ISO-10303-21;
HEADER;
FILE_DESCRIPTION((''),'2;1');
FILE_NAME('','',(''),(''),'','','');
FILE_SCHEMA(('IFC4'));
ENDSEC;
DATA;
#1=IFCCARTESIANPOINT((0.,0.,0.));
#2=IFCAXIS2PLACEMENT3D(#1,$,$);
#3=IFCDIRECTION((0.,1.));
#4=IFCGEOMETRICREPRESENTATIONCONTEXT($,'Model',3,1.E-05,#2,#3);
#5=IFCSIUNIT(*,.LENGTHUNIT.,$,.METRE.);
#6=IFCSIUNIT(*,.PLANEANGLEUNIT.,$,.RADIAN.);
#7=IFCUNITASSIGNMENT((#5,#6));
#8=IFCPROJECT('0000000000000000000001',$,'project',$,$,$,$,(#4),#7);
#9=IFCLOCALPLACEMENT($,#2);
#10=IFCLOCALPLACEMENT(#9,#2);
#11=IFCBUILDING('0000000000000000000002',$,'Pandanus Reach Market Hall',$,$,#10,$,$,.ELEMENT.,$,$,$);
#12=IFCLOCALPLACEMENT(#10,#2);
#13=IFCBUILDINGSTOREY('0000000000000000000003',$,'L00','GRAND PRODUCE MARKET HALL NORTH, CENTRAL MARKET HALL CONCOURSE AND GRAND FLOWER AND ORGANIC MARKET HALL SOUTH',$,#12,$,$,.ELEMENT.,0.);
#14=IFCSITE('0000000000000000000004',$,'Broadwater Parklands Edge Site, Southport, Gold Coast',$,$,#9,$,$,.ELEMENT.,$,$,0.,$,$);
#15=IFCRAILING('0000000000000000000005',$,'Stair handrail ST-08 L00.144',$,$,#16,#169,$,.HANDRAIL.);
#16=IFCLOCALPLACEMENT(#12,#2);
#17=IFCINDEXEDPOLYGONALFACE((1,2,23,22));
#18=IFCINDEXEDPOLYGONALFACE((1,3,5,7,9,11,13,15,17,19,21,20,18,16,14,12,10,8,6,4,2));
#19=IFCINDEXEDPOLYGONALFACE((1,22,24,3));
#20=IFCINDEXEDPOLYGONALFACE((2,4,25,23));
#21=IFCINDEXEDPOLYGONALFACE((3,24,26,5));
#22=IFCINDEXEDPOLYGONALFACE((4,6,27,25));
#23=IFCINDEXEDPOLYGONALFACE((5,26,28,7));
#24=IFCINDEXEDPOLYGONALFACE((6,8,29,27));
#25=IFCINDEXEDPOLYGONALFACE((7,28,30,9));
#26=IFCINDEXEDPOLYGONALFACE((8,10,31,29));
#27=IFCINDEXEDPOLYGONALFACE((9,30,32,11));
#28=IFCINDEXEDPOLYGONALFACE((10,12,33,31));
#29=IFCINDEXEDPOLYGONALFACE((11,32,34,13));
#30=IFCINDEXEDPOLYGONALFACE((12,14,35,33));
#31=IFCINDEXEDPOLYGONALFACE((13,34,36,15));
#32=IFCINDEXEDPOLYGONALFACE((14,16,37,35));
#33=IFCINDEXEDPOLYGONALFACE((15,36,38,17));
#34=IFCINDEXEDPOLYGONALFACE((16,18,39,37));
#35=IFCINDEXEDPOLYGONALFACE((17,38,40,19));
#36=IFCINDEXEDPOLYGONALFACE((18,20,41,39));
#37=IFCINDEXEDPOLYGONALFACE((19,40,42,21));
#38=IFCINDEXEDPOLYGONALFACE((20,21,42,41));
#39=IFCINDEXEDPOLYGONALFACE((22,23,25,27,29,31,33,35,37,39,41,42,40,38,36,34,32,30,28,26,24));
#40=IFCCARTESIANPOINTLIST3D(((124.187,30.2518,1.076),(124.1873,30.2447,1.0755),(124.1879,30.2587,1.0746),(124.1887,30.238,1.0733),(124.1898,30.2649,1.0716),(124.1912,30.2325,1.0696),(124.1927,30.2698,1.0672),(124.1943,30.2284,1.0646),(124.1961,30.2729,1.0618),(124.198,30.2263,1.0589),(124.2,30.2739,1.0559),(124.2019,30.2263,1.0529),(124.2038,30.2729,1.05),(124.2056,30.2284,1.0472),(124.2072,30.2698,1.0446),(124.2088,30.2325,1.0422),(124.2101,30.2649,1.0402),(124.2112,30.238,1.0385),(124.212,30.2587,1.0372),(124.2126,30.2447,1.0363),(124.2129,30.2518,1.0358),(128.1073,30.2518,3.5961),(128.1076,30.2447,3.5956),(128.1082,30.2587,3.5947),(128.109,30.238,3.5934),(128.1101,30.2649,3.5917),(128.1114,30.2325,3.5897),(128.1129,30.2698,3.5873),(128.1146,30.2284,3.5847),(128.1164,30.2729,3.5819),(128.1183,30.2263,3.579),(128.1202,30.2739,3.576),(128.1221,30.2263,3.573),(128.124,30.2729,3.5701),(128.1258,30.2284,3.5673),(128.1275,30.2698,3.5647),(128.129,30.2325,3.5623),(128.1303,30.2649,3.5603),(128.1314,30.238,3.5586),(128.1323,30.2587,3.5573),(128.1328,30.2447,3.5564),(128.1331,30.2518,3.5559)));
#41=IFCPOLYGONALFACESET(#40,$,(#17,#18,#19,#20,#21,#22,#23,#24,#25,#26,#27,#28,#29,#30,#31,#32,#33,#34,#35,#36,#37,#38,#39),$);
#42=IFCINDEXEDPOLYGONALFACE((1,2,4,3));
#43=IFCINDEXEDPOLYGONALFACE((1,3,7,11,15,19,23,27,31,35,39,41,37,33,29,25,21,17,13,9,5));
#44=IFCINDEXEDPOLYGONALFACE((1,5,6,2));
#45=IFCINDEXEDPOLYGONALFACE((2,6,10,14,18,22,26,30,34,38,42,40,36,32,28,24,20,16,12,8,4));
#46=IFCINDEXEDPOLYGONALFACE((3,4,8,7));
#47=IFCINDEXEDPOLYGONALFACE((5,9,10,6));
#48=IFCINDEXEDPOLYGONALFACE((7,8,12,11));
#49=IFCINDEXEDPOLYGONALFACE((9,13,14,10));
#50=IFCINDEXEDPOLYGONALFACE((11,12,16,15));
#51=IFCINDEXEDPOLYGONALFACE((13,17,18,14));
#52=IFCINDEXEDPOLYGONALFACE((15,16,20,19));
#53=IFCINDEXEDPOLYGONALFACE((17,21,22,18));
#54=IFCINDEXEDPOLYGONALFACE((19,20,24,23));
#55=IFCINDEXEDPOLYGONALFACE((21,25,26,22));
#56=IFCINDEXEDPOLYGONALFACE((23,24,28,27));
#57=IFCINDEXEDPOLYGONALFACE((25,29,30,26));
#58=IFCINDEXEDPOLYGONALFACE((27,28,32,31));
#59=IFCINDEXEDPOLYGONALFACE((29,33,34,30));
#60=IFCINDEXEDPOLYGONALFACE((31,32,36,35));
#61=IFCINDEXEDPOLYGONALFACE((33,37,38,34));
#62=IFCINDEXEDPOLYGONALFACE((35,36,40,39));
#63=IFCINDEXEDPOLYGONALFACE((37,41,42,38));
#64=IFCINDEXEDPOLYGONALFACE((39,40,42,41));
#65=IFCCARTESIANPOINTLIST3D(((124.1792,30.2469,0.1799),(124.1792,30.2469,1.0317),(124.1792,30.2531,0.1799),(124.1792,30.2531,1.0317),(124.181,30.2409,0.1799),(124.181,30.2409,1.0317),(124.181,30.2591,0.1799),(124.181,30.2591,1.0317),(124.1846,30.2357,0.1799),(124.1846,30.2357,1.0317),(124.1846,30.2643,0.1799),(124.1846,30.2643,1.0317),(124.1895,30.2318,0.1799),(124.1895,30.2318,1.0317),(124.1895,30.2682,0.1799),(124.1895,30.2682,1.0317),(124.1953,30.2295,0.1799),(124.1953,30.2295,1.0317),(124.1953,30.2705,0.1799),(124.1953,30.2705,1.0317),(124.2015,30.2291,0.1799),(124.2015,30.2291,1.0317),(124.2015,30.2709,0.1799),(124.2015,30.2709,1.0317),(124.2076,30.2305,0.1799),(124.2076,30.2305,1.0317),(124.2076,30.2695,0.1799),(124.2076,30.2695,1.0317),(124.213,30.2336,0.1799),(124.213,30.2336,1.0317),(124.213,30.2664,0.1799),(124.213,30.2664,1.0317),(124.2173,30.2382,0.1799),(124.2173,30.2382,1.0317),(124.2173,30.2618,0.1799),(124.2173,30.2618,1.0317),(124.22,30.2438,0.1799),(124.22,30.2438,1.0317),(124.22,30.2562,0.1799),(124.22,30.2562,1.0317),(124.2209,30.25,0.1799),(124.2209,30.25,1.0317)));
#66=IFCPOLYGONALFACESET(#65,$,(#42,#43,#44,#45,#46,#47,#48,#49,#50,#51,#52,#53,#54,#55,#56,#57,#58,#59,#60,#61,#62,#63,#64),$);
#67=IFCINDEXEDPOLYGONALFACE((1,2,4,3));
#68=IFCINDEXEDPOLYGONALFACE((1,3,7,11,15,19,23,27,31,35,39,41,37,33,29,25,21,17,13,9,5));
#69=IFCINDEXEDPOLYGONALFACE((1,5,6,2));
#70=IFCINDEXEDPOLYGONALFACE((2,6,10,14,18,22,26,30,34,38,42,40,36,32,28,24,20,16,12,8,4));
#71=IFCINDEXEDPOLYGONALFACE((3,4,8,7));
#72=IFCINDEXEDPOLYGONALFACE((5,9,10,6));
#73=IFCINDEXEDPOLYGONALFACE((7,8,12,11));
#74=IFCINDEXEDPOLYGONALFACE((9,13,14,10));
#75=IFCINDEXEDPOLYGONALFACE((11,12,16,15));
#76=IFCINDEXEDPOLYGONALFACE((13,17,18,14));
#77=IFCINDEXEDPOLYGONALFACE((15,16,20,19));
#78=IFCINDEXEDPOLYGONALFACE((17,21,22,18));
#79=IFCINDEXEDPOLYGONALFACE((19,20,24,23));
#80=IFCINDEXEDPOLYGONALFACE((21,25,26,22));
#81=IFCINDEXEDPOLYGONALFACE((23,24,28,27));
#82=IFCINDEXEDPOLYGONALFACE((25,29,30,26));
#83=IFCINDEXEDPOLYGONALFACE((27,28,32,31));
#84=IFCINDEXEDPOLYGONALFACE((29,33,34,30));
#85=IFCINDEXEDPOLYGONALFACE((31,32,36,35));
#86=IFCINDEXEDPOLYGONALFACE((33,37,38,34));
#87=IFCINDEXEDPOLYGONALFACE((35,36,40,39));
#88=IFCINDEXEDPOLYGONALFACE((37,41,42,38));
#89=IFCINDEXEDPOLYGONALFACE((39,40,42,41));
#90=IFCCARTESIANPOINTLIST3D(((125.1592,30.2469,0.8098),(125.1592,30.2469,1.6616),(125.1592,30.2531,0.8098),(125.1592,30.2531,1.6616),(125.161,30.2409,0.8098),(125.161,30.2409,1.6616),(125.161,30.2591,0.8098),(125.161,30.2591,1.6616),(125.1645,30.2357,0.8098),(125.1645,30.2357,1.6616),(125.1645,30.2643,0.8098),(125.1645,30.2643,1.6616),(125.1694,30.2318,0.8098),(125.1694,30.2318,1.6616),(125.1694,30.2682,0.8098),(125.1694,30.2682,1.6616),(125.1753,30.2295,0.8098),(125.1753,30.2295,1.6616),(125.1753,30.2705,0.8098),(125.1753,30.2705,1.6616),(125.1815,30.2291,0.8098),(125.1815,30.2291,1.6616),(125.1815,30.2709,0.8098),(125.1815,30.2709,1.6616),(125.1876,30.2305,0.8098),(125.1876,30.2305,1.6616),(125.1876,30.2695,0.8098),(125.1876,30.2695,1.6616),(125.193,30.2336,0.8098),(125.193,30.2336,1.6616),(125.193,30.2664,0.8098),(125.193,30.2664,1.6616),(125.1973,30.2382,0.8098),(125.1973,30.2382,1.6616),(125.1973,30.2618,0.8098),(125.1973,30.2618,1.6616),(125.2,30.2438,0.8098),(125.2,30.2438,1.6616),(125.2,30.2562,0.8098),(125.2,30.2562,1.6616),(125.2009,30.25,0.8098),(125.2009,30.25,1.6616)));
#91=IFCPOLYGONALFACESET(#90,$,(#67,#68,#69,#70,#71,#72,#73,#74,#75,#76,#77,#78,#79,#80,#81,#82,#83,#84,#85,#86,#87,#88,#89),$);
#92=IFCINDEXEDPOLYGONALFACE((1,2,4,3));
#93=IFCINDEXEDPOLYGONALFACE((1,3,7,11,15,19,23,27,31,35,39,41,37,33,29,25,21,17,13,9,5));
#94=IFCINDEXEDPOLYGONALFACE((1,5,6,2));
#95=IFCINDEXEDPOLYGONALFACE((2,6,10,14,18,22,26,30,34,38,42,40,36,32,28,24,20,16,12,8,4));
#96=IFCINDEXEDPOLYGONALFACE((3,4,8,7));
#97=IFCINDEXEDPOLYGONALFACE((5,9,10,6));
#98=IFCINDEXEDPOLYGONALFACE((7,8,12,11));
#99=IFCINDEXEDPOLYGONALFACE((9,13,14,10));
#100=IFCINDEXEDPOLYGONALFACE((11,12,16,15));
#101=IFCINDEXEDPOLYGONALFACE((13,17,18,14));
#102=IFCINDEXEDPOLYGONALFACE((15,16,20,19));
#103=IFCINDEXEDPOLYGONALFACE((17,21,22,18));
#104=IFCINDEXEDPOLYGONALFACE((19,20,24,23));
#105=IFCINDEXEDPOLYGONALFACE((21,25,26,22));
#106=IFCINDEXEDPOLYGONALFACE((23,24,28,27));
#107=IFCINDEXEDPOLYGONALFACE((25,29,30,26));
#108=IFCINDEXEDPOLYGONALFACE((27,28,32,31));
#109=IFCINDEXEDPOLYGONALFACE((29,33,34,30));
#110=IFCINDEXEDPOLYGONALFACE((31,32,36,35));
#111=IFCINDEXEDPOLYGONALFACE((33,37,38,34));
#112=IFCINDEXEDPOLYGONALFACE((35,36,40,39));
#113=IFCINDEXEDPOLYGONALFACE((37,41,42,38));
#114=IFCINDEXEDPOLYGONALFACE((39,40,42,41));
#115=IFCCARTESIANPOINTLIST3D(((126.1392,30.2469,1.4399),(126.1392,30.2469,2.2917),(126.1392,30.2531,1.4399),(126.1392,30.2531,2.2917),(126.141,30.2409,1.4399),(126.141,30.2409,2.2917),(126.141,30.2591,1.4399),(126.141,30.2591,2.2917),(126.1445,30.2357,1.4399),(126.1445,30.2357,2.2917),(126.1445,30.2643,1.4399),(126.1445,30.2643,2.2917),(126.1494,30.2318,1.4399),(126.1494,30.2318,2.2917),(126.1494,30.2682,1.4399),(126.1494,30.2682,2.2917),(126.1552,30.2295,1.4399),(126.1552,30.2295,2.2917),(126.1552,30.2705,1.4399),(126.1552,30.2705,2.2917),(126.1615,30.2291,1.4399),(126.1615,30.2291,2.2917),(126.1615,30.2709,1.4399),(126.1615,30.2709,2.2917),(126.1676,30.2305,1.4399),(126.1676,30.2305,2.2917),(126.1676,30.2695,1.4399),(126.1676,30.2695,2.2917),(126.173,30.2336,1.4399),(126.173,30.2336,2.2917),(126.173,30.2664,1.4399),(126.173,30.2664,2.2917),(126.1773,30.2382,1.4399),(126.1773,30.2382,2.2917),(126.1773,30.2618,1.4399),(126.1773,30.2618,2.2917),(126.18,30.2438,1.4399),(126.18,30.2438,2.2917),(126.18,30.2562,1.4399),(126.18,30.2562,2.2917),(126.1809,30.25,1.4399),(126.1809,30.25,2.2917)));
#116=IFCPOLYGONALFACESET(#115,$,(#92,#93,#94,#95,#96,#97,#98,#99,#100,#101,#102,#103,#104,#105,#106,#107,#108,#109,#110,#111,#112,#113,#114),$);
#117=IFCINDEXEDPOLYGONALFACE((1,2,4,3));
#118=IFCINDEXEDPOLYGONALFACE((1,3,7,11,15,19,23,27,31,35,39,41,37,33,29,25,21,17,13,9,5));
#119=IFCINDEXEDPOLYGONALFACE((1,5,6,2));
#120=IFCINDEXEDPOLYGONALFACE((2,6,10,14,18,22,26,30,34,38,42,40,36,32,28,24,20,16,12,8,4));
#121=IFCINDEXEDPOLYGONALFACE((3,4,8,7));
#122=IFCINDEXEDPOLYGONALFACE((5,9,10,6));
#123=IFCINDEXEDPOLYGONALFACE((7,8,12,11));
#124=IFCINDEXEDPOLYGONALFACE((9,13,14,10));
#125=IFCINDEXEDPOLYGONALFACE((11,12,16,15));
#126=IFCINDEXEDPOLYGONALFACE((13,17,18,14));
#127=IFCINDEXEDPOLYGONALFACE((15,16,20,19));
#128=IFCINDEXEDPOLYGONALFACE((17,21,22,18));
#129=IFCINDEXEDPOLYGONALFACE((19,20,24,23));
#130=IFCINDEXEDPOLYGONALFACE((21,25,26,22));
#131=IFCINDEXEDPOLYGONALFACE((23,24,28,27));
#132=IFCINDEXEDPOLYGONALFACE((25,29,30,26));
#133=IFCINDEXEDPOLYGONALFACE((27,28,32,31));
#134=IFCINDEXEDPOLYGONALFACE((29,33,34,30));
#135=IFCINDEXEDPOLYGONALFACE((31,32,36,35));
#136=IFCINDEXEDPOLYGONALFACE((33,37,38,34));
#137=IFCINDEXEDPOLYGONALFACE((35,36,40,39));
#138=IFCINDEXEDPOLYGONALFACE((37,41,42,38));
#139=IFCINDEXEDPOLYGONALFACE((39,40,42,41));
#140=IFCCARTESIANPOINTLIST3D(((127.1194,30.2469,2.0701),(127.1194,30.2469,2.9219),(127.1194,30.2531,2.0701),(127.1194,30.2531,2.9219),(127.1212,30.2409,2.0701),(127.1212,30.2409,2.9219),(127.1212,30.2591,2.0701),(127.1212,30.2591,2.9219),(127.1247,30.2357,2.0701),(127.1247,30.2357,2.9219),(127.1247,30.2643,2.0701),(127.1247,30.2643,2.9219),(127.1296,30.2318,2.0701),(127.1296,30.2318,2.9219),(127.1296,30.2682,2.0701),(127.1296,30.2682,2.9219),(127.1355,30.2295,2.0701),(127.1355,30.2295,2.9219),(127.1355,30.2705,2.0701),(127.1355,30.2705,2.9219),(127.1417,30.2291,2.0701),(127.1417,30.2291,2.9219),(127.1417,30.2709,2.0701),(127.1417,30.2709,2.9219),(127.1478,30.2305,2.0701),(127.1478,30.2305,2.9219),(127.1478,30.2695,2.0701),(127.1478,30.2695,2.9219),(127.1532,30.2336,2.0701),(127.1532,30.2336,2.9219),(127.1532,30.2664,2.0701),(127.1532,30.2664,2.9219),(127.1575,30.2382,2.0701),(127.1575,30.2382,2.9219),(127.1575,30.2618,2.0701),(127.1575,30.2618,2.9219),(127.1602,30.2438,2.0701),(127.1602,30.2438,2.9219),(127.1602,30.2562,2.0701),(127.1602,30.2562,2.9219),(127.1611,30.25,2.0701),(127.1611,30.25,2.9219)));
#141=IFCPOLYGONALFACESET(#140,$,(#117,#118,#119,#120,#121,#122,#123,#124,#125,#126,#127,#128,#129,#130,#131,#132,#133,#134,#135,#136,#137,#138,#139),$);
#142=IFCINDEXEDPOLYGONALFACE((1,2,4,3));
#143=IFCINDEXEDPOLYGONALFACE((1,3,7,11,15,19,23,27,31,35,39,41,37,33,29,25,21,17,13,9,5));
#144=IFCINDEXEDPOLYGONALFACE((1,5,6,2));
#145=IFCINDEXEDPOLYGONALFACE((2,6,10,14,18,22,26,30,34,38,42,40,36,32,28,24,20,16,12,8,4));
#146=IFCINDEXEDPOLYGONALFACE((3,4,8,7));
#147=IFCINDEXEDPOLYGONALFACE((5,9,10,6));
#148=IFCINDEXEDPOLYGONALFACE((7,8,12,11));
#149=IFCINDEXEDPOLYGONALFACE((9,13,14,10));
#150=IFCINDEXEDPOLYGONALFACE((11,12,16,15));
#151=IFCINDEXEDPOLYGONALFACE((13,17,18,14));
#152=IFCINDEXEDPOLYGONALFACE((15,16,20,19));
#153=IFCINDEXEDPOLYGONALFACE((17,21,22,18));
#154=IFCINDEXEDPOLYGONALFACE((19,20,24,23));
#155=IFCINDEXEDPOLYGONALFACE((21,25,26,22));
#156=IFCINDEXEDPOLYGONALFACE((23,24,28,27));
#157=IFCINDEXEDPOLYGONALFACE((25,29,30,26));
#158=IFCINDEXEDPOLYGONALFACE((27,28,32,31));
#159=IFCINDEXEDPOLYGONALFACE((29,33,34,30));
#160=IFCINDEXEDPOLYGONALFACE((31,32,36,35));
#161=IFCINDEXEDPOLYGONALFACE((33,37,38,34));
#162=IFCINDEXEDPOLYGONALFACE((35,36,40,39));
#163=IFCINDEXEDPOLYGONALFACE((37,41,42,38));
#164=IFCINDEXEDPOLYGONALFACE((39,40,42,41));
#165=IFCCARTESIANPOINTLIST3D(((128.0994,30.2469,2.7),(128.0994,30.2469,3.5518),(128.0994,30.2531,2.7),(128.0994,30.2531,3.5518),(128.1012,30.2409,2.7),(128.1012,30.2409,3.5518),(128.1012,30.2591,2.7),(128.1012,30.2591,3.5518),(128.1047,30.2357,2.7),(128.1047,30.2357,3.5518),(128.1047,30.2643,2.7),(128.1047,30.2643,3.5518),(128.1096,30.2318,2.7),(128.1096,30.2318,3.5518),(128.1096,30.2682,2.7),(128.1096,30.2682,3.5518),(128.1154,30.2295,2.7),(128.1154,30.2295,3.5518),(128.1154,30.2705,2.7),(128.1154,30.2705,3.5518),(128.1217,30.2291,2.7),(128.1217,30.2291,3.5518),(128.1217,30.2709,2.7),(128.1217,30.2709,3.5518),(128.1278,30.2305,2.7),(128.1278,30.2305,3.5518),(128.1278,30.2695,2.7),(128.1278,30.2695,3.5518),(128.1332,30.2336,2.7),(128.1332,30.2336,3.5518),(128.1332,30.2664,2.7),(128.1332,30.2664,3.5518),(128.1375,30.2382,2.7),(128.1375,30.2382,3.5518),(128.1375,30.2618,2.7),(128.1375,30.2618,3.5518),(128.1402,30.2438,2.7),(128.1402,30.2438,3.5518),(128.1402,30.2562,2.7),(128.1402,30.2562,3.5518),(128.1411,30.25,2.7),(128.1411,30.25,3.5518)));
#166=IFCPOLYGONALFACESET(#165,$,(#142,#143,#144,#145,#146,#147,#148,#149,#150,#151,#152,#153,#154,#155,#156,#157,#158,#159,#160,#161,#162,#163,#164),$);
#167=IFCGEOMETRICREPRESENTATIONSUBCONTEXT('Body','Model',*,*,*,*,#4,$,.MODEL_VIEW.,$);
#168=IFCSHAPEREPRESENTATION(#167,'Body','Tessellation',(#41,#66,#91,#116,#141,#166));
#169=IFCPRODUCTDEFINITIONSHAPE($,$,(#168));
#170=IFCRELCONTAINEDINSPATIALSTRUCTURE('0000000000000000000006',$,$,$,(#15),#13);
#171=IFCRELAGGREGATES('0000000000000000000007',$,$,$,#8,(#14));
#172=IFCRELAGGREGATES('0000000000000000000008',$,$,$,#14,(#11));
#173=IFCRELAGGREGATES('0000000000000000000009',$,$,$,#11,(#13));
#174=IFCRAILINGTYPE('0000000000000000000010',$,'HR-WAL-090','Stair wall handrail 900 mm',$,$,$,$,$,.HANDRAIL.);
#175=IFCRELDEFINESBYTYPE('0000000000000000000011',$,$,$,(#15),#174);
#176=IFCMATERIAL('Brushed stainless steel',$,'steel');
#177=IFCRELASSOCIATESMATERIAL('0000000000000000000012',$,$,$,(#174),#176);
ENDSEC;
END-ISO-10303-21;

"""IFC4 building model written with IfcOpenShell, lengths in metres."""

from ifc_helpers import new_model, si_unit, direction, frame, origin, origin_2d, place, context, subcontext, project, spatial, circle, extrude, material, type_object, element, save


model = new_model("IFC4")

# Units and contexts
model_context = context("Model", 3, precision=1e-05, world=origin(), true_north=direction((0.0, 1.0)))
body_context = subcontext(model_context, "Body", "Model", "MODEL_VIEW")
ifc_project = project(units=[si_unit("LENGTHUNIT", "METRE"), si_unit("PLANEANGLEUNIT", "RADIAN")], contexts=[model_context])

# Site, building, storey
site_placement = place(None, origin())
site = spatial("IfcSite", under=ifc_project, at=site_placement, Name="Broadwater Parklands Edge Site, Southport, Gold Coast", CompositionType="ELEMENT", RefElevation=0.0)
building_placement = place(site_placement, origin())
building = spatial("IfcBuilding", under=site, at=building_placement, Name="Pandanus Reach Market Hall", CompositionType="ELEMENT")
storey_placement = place(building_placement, origin())
storey = spatial("IfcBuildingStorey", under=building, at=storey_placement, Name="L00", Description="GRAND PRODUCE MARKET HALL NORTH, CENTRAL MARKET HALL CONCOURSE AND GRAND FLOWER AND ORGANIC MARKET HALL SOUTH", CompositionType="ELEMENT", Elevation=0.0)

# Railing
ifc_material_1 = material(Name="Brushed stainless steel", Category="steel")
railing_type_1 = type_object("IfcRailingType", Name="HR-WAL-090", Description="Stair wall handrail 900 mm", PredefinedType="HANDRAIL", material=ifc_material_1)
railing_1_placement = place(storey_placement, frame((124.2, 30.25, 0.1799)))
element("IfcRailing", 1, at=railing_1_placement, inside=storey, type_object=railing_type_1, Name="Stair handrail ST-08 L00.144", PredefinedType="HANDRAIL", context=body_context, shape_type="SweptSolid", body=[
    extrude(circle(Radius=0.0239, at=origin_2d()), frame((0.0, 0.0, 0.876), z_axis=(0.841187, 0.0, 0.540744), x_axis=(0.0, 1.0, 0.0)), (0.0, 0.0, 1.0), 4.6604),
    extrude(circle(Radius=0.021, at=origin_2d()), origin(), (0.0, 0.0, 1.0), 0.8518),
    extrude(circle(Radius=0.021, at=origin_2d()), frame((0.98, 0.0, 0.6299)), (0.0, 0.0, 1.0), 0.8518),
    extrude(circle(Radius=0.021, at=origin_2d()), frame((1.96, 0.0, 1.26)), (0.0, 0.0, 1.0), 0.8518),
    extrude(circle(Radius=0.021, at=origin_2d()), frame((2.9402, 0.0, 1.8901)), (0.0, 0.0, 1.0), 0.8518),
    extrude(circle(Radius=0.021, at=origin_2d()), frame((3.9202, 0.0, 2.52)), (0.0, 0.0, 1.0), 0.8518),
])

save(model, "model.ifc")
